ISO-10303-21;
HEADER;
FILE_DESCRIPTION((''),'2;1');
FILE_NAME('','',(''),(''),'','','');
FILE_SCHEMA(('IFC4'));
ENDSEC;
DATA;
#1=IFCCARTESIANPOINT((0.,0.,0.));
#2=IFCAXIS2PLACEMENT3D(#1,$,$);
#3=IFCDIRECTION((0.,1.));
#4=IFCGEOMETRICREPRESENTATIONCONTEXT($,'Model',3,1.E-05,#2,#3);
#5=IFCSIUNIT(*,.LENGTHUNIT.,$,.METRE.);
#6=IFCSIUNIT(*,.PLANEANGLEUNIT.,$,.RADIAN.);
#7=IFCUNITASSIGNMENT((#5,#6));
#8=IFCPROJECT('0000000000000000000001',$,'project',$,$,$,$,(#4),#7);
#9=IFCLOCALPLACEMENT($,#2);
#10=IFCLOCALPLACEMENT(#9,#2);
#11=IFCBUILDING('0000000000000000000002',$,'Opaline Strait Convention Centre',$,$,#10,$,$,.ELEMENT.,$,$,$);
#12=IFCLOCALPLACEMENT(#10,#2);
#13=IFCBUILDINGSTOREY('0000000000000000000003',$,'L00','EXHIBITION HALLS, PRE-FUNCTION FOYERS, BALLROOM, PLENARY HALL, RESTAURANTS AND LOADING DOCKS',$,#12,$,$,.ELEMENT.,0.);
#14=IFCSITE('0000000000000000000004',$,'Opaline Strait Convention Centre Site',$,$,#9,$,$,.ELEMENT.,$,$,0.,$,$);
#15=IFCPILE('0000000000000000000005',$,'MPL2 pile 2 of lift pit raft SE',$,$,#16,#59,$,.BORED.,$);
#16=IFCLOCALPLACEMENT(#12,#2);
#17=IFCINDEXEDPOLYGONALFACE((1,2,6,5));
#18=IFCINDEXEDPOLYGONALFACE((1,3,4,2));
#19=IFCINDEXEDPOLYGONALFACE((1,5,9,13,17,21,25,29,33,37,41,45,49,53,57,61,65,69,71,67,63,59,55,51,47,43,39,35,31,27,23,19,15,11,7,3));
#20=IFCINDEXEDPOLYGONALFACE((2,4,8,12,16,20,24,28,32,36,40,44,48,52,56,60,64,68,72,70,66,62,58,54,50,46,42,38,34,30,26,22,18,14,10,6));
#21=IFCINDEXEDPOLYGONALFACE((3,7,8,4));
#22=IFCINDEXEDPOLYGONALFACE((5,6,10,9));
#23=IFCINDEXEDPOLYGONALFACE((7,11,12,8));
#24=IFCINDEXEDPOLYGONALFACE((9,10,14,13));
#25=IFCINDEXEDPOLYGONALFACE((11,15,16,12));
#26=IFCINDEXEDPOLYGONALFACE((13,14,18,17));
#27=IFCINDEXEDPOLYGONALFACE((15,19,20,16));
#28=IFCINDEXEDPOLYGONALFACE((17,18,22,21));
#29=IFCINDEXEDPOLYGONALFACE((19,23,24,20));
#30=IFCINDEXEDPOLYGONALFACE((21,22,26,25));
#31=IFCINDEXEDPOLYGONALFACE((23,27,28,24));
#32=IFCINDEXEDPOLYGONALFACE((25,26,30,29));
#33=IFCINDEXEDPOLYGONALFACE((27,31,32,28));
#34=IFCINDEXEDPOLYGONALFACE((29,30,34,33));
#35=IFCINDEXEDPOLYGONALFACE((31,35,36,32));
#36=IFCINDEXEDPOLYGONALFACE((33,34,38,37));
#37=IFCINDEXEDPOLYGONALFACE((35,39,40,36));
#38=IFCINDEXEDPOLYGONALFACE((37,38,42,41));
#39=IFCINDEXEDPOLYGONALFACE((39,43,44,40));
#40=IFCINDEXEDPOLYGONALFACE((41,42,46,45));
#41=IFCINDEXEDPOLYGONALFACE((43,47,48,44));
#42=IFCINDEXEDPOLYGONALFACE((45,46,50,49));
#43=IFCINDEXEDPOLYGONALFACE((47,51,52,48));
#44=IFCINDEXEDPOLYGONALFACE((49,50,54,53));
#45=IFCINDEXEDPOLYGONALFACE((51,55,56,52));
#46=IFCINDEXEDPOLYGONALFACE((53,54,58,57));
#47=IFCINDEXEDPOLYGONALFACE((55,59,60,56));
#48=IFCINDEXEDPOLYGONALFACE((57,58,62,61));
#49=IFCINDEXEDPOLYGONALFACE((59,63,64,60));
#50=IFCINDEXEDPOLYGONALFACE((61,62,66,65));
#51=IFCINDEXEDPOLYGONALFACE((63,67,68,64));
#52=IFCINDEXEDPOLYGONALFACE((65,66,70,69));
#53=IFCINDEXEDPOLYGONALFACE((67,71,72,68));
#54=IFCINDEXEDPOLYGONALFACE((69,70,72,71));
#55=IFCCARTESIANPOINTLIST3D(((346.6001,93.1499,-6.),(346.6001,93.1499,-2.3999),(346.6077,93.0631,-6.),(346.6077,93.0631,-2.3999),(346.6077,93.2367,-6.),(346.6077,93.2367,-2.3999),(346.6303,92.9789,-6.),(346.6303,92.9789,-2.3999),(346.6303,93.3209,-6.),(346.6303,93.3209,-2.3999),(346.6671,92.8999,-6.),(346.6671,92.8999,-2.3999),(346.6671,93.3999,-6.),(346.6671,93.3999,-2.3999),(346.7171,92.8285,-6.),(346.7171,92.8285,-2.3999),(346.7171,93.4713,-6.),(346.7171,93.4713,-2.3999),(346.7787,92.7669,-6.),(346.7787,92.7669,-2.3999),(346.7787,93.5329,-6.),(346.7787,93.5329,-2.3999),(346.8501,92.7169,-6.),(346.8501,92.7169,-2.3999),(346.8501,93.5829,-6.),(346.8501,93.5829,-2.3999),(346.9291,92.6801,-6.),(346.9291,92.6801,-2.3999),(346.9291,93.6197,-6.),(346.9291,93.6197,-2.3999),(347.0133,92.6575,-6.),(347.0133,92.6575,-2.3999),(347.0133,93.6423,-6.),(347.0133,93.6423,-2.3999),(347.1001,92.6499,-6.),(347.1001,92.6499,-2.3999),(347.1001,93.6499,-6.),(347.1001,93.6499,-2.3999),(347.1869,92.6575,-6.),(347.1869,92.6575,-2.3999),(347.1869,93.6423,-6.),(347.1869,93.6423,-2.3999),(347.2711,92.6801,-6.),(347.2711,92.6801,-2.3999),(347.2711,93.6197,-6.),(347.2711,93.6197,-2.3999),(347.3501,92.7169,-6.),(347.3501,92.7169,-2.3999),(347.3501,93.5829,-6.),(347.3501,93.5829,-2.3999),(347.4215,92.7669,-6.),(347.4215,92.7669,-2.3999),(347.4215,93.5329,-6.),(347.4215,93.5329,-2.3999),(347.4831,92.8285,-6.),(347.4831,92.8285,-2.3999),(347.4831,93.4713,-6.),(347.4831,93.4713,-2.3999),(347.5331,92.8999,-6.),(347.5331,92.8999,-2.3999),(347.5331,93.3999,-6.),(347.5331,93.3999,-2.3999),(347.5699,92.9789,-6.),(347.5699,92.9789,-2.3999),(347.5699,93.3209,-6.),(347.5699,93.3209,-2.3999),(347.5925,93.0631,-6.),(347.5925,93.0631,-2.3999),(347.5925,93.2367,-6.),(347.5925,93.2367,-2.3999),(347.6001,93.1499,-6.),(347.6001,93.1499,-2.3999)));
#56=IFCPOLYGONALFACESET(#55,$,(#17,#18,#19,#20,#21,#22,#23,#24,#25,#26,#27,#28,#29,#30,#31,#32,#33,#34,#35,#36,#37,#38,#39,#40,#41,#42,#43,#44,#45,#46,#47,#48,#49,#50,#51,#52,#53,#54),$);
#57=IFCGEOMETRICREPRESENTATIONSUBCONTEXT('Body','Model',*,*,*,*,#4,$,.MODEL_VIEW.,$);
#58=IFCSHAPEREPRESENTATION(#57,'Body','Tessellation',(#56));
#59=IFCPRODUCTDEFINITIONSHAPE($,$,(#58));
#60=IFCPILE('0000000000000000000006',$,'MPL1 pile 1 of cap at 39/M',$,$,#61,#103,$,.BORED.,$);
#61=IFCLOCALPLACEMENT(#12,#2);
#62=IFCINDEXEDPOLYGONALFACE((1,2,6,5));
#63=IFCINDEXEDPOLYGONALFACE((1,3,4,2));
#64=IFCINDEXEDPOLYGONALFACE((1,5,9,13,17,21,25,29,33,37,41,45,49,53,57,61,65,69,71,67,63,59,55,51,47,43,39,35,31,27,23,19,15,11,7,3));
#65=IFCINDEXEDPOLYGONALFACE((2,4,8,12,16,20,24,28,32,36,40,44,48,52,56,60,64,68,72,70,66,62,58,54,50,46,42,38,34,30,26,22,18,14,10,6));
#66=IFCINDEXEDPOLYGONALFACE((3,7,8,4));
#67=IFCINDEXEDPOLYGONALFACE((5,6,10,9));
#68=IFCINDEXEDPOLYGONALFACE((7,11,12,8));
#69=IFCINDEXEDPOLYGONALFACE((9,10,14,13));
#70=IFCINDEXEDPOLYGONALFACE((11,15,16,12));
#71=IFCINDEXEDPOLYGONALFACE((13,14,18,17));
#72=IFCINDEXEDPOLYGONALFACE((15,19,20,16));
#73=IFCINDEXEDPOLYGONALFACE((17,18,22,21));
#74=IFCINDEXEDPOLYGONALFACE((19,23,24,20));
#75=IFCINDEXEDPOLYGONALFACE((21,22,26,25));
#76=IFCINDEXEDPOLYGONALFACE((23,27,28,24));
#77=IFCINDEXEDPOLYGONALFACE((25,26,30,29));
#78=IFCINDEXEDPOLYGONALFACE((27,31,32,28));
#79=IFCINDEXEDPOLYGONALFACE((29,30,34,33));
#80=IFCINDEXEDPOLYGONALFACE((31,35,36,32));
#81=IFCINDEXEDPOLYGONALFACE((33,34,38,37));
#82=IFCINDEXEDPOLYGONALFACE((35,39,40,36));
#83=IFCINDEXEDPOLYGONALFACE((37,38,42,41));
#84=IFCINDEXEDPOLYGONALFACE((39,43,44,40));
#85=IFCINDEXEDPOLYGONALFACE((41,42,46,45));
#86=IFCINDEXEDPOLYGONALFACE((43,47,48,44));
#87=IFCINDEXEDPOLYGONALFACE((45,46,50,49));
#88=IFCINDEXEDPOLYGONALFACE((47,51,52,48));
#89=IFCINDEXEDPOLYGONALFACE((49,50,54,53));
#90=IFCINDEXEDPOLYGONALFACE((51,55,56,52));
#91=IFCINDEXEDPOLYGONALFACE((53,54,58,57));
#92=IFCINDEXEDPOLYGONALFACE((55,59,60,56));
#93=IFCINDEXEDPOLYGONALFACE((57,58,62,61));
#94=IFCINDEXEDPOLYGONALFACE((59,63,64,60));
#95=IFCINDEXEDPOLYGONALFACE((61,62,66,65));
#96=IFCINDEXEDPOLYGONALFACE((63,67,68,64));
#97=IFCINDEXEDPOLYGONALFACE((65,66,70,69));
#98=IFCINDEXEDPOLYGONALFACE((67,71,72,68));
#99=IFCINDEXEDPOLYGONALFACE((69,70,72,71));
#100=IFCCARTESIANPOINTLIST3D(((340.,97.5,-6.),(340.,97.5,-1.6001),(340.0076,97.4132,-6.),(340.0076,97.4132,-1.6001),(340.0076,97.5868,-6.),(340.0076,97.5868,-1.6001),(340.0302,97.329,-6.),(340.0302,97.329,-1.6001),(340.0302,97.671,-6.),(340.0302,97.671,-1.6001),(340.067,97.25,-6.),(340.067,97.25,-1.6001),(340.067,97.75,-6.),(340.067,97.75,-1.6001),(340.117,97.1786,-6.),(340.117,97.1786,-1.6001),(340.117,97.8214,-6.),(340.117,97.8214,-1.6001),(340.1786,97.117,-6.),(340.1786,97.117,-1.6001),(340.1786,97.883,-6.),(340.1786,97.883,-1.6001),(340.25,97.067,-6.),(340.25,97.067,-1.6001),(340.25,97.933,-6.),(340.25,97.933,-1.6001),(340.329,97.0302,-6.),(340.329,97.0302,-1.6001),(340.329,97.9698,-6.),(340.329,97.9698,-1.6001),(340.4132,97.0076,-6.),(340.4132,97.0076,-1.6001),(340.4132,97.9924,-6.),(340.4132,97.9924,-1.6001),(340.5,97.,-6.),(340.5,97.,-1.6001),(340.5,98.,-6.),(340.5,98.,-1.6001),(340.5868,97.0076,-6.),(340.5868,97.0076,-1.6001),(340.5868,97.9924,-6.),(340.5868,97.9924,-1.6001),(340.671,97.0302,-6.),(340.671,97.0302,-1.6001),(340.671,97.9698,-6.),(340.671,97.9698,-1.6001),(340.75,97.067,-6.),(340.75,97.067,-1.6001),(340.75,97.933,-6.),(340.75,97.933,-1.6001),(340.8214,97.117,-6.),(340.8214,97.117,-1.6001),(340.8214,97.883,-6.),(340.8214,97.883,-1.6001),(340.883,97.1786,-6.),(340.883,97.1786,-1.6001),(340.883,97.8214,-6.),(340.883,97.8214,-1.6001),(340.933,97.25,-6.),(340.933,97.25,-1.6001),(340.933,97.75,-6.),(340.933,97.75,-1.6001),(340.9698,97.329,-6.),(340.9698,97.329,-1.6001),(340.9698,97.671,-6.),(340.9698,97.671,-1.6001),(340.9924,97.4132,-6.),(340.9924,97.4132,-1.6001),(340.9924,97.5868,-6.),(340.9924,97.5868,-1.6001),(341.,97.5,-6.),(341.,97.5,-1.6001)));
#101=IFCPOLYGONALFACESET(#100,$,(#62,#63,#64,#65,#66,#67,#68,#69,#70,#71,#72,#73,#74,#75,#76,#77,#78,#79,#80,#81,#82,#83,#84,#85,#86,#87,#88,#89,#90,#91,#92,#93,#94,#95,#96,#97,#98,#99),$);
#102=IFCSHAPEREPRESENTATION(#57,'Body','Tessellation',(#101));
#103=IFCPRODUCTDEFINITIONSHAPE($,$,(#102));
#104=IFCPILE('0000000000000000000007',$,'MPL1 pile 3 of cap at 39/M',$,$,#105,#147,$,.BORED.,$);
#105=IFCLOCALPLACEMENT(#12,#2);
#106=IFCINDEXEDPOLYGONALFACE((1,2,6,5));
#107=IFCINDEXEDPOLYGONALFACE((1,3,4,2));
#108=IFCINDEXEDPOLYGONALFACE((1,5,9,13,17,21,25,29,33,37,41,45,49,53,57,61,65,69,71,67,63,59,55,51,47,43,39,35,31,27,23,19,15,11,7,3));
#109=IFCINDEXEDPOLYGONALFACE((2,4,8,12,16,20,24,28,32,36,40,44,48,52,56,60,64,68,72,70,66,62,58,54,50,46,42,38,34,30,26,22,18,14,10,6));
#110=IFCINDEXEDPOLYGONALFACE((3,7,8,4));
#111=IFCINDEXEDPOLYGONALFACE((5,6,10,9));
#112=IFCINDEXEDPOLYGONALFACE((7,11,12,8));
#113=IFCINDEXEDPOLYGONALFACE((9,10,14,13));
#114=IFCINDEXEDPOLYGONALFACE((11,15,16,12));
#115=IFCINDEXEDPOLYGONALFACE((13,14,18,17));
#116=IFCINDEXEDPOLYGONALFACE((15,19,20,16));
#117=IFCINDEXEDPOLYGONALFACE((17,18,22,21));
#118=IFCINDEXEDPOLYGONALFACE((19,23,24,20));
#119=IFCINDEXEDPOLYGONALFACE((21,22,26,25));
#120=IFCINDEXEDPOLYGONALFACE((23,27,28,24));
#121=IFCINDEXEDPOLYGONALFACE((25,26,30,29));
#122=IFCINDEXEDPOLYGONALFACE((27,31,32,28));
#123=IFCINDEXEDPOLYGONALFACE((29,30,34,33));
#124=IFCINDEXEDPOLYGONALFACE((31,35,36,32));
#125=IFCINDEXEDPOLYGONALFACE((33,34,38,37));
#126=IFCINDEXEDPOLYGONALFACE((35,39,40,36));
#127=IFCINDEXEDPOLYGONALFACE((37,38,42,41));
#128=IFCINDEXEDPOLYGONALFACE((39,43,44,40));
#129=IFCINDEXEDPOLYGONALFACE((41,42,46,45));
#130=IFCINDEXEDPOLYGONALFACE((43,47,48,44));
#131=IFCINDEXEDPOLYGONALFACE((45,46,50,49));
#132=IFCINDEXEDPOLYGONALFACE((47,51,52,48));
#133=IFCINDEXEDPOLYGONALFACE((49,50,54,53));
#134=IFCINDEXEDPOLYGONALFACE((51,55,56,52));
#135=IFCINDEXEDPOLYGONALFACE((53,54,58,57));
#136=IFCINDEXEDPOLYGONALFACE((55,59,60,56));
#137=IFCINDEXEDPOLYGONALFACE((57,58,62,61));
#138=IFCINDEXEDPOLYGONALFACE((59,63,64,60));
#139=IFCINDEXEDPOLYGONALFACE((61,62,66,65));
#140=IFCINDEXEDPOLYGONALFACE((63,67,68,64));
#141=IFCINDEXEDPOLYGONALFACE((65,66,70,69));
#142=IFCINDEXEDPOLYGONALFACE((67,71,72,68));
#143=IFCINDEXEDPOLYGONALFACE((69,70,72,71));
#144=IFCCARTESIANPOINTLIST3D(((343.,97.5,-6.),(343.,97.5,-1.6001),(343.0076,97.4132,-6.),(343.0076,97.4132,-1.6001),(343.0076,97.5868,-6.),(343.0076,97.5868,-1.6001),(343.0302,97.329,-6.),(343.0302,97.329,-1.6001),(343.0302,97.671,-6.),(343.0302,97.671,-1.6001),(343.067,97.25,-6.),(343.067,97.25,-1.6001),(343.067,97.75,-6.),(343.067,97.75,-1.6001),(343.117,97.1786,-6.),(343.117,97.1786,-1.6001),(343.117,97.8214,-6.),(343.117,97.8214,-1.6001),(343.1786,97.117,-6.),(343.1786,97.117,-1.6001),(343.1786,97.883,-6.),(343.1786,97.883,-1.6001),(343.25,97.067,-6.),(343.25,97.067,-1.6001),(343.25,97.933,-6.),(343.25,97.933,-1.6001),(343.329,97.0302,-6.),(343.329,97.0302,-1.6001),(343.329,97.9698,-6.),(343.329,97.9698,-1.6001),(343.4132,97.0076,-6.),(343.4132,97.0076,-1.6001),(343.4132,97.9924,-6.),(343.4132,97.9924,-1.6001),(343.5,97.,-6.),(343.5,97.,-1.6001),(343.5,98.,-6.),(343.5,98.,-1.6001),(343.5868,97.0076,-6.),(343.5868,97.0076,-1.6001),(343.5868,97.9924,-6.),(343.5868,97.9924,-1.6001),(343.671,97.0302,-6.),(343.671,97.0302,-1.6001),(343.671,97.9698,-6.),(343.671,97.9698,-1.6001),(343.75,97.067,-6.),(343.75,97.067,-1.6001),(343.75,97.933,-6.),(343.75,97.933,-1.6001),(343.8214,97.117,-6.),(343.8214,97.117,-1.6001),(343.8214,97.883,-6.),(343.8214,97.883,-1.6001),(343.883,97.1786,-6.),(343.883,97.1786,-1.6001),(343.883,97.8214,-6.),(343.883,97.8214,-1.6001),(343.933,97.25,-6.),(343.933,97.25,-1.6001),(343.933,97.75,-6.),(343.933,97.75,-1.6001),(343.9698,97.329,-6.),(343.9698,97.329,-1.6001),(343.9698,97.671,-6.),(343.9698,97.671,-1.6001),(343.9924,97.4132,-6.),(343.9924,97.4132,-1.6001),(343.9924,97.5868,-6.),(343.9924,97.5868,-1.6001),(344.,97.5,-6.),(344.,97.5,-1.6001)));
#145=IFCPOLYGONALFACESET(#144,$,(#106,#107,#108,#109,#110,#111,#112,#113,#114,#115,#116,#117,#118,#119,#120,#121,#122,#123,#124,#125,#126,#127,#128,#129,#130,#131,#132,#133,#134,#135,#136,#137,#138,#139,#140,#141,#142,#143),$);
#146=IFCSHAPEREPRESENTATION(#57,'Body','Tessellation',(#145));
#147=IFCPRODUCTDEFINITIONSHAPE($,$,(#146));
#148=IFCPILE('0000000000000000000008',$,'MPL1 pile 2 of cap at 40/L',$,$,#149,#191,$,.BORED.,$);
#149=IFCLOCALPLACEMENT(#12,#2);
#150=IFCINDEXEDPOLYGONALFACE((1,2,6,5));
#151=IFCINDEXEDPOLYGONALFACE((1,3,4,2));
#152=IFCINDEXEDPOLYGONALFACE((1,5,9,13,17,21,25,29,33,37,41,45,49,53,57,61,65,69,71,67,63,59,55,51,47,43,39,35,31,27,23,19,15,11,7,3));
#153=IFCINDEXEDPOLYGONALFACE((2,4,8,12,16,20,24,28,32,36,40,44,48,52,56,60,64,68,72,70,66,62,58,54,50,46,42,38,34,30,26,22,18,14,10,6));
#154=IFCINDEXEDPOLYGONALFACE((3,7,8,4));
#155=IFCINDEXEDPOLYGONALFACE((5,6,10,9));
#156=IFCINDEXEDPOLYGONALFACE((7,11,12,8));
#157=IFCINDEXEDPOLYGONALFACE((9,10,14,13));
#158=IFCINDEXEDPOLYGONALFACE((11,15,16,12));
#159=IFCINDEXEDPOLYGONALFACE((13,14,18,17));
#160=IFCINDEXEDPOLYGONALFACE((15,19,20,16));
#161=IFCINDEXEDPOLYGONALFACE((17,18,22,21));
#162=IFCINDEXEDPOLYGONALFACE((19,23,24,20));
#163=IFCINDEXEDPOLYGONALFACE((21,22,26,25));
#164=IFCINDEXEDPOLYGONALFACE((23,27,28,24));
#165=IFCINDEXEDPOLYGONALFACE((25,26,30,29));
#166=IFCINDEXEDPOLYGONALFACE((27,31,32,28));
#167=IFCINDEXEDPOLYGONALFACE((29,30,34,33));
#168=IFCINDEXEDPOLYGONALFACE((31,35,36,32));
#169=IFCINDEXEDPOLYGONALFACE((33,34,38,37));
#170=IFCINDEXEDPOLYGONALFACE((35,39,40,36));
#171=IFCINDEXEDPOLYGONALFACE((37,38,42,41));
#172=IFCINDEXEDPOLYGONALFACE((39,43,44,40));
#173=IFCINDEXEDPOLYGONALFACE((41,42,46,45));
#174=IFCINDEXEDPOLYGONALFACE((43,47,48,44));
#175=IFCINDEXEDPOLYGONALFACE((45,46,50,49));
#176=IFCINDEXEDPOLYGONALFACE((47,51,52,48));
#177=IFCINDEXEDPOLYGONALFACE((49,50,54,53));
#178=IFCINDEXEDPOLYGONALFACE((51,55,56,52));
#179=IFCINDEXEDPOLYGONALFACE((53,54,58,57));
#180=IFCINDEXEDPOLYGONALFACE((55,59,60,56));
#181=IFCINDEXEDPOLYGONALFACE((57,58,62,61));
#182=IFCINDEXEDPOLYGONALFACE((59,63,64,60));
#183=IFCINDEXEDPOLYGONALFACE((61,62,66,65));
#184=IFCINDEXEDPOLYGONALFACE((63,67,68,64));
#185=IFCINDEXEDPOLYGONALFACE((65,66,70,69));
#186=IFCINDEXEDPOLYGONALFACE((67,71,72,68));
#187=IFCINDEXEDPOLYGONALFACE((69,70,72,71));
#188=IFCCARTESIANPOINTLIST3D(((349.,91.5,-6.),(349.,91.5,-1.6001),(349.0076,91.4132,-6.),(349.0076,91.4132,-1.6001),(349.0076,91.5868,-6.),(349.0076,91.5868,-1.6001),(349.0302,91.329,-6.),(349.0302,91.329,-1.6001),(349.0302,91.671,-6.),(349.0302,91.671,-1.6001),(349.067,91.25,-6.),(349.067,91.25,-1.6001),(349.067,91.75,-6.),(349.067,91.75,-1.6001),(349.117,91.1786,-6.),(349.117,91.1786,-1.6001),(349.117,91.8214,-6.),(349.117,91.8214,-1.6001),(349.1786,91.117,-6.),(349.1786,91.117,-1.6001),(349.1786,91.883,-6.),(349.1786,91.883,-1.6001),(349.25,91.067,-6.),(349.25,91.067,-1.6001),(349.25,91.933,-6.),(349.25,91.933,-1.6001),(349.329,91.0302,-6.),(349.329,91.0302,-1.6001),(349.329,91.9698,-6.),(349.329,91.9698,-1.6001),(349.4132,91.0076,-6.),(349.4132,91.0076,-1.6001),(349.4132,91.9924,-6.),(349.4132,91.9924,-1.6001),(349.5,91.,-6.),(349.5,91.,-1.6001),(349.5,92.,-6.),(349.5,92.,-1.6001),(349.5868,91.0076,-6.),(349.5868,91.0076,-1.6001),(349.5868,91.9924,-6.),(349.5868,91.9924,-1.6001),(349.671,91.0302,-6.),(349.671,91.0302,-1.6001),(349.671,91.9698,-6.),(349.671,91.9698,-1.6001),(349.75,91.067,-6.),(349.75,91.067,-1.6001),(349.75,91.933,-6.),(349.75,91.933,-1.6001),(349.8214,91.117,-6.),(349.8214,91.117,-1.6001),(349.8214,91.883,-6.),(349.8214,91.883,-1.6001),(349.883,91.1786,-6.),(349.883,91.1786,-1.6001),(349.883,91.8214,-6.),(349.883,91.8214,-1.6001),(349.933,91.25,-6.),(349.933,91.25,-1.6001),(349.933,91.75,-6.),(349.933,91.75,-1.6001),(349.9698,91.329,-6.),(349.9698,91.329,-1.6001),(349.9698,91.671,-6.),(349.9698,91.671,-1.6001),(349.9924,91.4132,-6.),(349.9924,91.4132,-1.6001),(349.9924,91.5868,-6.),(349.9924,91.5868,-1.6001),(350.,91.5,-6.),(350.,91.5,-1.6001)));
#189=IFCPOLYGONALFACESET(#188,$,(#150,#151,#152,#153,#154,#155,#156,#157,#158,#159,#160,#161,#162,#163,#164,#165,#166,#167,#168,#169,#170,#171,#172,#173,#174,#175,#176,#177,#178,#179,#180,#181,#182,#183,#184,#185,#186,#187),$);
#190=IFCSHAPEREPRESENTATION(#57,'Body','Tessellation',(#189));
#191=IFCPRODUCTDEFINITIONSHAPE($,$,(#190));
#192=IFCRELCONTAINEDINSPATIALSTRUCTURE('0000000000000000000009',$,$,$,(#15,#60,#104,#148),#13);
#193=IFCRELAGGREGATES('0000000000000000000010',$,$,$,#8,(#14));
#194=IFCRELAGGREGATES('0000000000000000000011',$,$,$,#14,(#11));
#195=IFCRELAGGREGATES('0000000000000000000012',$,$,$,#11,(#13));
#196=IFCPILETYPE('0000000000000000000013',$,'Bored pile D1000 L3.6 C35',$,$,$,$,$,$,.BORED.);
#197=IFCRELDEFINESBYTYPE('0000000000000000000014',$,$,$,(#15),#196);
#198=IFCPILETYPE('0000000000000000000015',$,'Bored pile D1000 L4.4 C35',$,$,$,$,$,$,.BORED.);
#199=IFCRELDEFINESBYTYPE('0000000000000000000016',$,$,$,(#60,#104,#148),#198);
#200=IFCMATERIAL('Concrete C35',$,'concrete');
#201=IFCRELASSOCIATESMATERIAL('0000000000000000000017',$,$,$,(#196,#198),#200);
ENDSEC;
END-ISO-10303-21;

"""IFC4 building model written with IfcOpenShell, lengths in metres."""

from ifc_helpers import new_model, si_unit, direction, frame, origin, origin_2d, place, context, subcontext, project, spatial, circle, extrude, material, material_profile, profile_set, type_object, element, save


model = new_model("IFC4")

# Units and contexts
model_context = context("Model", 3, precision=1e-05, world=origin(), true_north=direction((0.0, 1.0)))
body_context = subcontext(model_context, "Body", "Model", "MODEL_VIEW")
ifc_project = project(units=[si_unit("LENGTHUNIT", "METRE"), si_unit("PLANEANGLEUNIT", "RADIAN")], contexts=[model_context])

# Site, building, storey
site_placement = place(None, origin())
site = spatial("IfcSite", under=ifc_project, at=site_placement, Name="Opaline Strait Convention Centre Site", CompositionType="ELEMENT", RefElevation=0.0)
building_placement = place(site_placement, origin())
building = spatial("IfcBuilding", under=site, at=building_placement, Name="Opaline Strait Convention Centre", CompositionType="ELEMENT")
storey_placement = place(building_placement, origin())
storey = spatial("IfcBuildingStorey", under=building, at=storey_placement, Name="L00", Description="EXHIBITION HALLS, PRE-FUNCTION FOYERS, BALLROOM, PLENARY HALL, RESTAURANTS AND LOADING DOCKS", CompositionType="ELEMENT", Elevation=0.0)

# Piles
ifc_material_1 = material(Name="Concrete C35", Category="concrete")
ifc_material_profile_1 = material_profile(ifc_material_1, circle(Radius=0.5, at=origin_2d()), Name="D1000")
ifc_profile_set_1 = profile_set([ifc_material_profile_1], Name="Concrete C35")
pile_type_1 = type_object("IfcPileType", Name="Bored pile D1000 L3.6 C35", PredefinedType="BORED", material=ifc_profile_set_1)
pile_placement = place(storey_placement, frame((347.1001, 93.1499, -2.3999), z_axis=(0.0, 0.0, -1.0), x_axis=(1.0, 0.0, 0.0)))
element("IfcPile", 1, at=pile_placement, inside=storey, type_object=pile_type_1, Name="MPL2 pile 2 of lift pit raft SE", PredefinedType="BORED", context=body_context, shape_type="SweptSolid", body=[
    extrude(circle(Radius=0.5, at=origin_2d()), origin(), (0.0, 0.0, 1.0), 3.6001),
])
ifc_material_profile_2 = material_profile(ifc_material_1, circle(Radius=0.5, at=origin_2d()), Name="D1000")
ifc_profile_set_2 = profile_set([ifc_material_profile_2], Name="Concrete C35")
pile_type_2 = type_object("IfcPileType", Name="Bored pile D1000 L4.4 C35", PredefinedType="BORED", material=ifc_profile_set_2)
for number, where, z_axis, x_axis, name in (
    (2, (340.5, 97.5, -1.6001), (0.0, 0.0, -1.0), (1.0, 0.0, 0.0), "MPL1 pile 1 of cap at 39/M"),
    (3, (343.5, 97.5, -1.6001), (0.0, 0.0, -1.0), (1.0, 0.0, 0.0), "MPL1 pile 3 of cap at 39/M"),
    (4, (349.5, 91.5, -1.6001), (0.0, 0.0, -1.0), (1.0, 0.0, 0.0), "MPL1 pile 2 of cap at 40/L"),
):
    element("IfcPile", number, at=place(storey_placement, frame(where, z_axis=z_axis, x_axis=x_axis)), inside=storey, type_object=pile_type_2, Name=name, PredefinedType="BORED", context=body_context, shape_type="SweptSolid", body=[
        extrude(circle(Radius=0.5, at=origin_2d()), origin(), (0.0, 0.0, 1.0), 4.3999),
    ])

save(model, "model.ifc")
